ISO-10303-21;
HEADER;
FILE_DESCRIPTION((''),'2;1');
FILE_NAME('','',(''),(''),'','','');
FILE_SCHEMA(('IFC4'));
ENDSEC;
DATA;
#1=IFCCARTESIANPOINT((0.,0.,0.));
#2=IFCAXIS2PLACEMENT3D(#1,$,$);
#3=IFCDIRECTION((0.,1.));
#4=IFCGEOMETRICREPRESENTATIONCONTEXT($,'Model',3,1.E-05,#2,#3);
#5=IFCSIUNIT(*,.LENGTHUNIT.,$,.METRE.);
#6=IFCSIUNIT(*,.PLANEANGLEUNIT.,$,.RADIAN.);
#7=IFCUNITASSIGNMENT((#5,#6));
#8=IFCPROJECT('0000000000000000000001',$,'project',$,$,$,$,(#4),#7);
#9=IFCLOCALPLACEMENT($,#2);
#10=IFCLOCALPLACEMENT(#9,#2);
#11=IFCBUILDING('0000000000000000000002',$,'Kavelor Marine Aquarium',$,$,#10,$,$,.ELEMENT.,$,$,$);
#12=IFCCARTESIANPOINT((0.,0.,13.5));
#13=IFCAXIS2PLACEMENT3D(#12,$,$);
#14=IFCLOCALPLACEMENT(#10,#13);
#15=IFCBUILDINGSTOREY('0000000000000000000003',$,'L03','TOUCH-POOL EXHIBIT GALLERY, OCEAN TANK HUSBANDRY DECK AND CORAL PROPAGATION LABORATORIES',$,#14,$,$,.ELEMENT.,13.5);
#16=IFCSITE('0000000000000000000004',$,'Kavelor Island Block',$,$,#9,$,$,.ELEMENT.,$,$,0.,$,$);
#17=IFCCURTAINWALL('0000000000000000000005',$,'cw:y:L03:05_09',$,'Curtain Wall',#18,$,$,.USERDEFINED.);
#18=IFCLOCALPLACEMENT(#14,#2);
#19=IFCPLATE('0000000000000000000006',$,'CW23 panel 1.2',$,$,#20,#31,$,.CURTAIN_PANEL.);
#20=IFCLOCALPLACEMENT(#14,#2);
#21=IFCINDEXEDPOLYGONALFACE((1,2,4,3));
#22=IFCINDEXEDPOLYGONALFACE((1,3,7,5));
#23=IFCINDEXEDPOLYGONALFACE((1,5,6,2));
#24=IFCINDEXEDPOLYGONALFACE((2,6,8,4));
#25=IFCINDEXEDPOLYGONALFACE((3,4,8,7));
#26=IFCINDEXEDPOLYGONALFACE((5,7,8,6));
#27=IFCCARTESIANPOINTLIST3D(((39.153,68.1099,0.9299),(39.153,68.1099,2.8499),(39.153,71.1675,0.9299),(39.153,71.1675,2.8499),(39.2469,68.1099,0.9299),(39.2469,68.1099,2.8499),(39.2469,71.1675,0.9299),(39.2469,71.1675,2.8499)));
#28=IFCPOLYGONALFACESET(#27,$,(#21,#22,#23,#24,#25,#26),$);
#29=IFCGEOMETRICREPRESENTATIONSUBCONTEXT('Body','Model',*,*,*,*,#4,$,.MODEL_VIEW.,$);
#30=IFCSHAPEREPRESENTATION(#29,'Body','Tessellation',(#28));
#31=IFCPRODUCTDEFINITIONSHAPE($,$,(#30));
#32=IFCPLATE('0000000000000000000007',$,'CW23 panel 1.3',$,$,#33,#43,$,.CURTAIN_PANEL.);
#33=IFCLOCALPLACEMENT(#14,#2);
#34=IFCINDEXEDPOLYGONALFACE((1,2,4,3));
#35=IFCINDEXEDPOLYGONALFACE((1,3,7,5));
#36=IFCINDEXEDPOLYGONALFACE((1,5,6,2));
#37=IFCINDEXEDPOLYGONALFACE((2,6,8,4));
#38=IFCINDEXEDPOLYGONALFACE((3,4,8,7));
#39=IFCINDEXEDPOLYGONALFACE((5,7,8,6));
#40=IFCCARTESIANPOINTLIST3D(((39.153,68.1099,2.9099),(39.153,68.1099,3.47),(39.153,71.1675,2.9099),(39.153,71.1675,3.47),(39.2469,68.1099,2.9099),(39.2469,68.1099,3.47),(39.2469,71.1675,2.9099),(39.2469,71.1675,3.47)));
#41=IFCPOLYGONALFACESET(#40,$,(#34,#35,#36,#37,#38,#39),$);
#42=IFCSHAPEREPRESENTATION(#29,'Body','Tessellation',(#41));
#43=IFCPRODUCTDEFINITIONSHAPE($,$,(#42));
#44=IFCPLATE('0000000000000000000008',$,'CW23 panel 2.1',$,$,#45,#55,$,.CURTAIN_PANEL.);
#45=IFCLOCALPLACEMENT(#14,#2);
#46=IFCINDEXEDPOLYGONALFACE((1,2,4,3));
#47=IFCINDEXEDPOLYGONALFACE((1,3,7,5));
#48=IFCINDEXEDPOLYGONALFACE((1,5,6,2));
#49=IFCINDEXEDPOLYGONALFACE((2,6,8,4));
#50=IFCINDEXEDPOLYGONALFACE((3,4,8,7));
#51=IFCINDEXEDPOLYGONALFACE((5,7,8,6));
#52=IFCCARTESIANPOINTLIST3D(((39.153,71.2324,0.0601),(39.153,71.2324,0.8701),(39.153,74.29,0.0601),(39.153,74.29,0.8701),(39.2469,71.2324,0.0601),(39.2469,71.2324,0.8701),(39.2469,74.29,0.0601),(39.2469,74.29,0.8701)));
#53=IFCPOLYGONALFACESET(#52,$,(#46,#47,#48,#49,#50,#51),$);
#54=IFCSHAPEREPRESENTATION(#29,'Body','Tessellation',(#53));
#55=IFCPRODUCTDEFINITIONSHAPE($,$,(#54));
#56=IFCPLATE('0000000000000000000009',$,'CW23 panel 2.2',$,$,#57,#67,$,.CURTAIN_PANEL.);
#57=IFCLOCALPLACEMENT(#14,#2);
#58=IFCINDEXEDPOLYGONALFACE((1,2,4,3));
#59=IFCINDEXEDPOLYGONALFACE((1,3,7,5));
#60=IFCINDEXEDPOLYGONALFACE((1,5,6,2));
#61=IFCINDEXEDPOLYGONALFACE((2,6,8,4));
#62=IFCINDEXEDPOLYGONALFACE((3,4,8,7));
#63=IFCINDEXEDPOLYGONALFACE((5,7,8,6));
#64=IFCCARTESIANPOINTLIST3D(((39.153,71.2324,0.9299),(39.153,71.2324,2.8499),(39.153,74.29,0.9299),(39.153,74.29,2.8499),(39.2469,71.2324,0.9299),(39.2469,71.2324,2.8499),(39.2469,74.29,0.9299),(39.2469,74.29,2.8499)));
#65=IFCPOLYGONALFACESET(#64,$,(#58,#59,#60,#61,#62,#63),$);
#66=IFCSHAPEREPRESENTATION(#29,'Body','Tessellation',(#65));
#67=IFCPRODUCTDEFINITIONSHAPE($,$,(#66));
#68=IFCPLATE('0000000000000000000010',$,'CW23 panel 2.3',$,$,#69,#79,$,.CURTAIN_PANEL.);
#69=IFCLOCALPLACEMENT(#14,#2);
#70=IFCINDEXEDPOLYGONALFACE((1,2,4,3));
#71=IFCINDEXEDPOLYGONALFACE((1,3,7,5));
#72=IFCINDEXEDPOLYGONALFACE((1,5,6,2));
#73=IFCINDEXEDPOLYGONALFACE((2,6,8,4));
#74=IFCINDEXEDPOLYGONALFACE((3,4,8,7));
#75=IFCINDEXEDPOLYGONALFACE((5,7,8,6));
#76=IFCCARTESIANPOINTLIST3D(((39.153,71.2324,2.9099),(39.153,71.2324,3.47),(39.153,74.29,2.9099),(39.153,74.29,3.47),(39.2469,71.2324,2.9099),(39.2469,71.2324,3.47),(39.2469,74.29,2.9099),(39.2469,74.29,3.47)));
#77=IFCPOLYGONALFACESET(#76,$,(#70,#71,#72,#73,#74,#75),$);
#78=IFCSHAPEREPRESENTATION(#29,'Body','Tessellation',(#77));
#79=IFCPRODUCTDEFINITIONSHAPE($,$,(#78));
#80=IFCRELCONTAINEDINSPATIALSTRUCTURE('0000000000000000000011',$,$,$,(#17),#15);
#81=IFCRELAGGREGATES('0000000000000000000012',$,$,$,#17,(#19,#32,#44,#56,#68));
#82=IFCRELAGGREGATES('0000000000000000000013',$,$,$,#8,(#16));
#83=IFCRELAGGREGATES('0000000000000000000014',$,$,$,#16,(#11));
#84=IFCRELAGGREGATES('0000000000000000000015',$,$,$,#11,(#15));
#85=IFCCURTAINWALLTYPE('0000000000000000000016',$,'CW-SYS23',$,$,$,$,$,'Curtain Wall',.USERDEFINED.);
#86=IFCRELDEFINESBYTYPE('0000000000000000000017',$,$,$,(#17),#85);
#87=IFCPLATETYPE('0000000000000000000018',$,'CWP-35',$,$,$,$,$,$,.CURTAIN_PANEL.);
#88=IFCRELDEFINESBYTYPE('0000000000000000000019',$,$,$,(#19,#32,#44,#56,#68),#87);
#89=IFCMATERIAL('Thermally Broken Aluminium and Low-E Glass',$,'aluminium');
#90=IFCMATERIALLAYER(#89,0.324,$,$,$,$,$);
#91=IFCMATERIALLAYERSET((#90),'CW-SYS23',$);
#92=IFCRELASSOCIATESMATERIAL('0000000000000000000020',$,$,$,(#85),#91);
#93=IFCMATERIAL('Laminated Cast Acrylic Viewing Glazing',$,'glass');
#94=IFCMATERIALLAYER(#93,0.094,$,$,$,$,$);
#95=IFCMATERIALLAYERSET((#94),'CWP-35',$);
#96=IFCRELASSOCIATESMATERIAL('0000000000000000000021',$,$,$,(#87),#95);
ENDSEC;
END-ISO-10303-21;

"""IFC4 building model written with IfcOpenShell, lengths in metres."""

from ifc_helpers import new_model, si_unit, direction, frame, origin, origin_2d, place, context, subcontext, project, spatial, rectangle, extrude, material, layer, layer_set, type_object, element, aggregate, save


model = new_model("IFC4")

# Units and contexts
model_context = context("Model", 3, precision=1e-05, world=origin(), true_north=direction((0.0, 1.0)))
body_context = subcontext(model_context, "Body", "Model", "MODEL_VIEW")
ifc_project = project(units=[si_unit("LENGTHUNIT", "METRE"), si_unit("PLANEANGLEUNIT", "RADIAN")], contexts=[model_context])

# Site, building, storey
site_placement = place(None, origin())
site = spatial("IfcSite", under=ifc_project, at=site_placement, Name="Kavelor Island Block", CompositionType="ELEMENT", RefElevation=0.0)
building_placement = place(site_placement, origin())
building = spatial("IfcBuilding", under=site, at=building_placement, Name="Kavelor Marine Aquarium", CompositionType="ELEMENT")
storey_placement = place(building_placement, frame((0.0, 0.0, 13.5)))
storey = spatial("IfcBuildingStorey", under=building, at=storey_placement, Name="L03", Description="TOUCH-POOL EXHIBIT GALLERY, OCEAN TANK HUSBANDRY DECK AND CORAL PROPAGATION LABORATORIES", CompositionType="ELEMENT", Elevation=13.5)

# Curtain wall, plates
ifc_material_1 = material(Name="Thermally Broken Aluminium and Low-E Glass", Category="aluminium")
ifc_layer_1 = layer(ifc_material_1, 0.324)
ifc_layer_set_1 = layer_set([ifc_layer_1], Name="CW-SYS23")
curtain_wall_type = type_object("IfcCurtainWallType", Name="CW-SYS23", ElementType="Curtain Wall", PredefinedType="USERDEFINED", material=ifc_layer_set_1)
curtain_wall_placement = place(storey_placement, origin())
curtain_wall = element("IfcCurtainWall", 1, at=curtain_wall_placement, inside=storey, type_object=curtain_wall_type, Name="cw:y:L03:05_09", ObjectType="Curtain Wall", PredefinedType="USERDEFINED")
ifc_material_2 = material(Name="Laminated Cast Acrylic Viewing Glazing", Category="glass")
ifc_layer_2 = layer(ifc_material_2, 0.094)
ifc_layer_set_2 = layer_set([ifc_layer_2], Name="CWP-35")
plate_type = type_object("IfcPlateType", Name="CWP-35", PredefinedType="CURTAIN_PANEL", material=ifc_layer_set_2)
plate_1_placement = place(storey_placement, frame((39.2, 69.6387, 0.9299), z_axis=(0.0, 0.0, 1.0), x_axis=(0.0, 1.0, 0.0)))
plate_1 = element("IfcPlate", 2, at=plate_1_placement, type_object=plate_type, Name="CW23 panel 1.2", PredefinedType="CURTAIN_PANEL", context=body_context, shape_type="SweptSolid", body=[
    extrude(rectangle(XDim=3.0576, YDim=0.094, at=origin_2d()), origin(), (0.0, 0.0, 1.0), 1.9199),
])
plate_2_placement = place(storey_placement, frame((39.2, 69.6387, 2.9099), z_axis=(0.0, 0.0, 1.0), x_axis=(0.0, 1.0, 0.0)))
plate_2 = element("IfcPlate", 3, at=plate_2_placement, type_object=plate_type, Name="CW23 panel 1.3", PredefinedType="CURTAIN_PANEL", context=body_context, shape_type="SweptSolid", body=[
    extrude(rectangle(XDim=3.0576, YDim=0.094, at=origin_2d()), origin(), (0.0, 0.0, 1.0), 0.5601),
])
plate_3_placement = place(storey_placement, frame((39.2, 72.7612, 0.0601), z_axis=(0.0, 0.0, 1.0), x_axis=(0.0, 1.0, 0.0)))
plate_3 = element("IfcPlate", 4, at=plate_3_placement, type_object=plate_type, Name="CW23 panel 2.1", PredefinedType="CURTAIN_PANEL", context=body_context, shape_type="SweptSolid", body=[
    extrude(rectangle(XDim=3.0576, YDim=0.094, at=origin_2d()), origin(), (0.0, 0.0, 1.0), 0.8101),
])
plate_4_placement = place(storey_placement, frame((39.2, 72.7612, 0.9299), z_axis=(0.0, 0.0, 1.0), x_axis=(0.0, 1.0, 0.0)))
plate_4 = element("IfcPlate", 5, at=plate_4_placement, type_object=plate_type, Name="CW23 panel 2.2", PredefinedType="CURTAIN_PANEL", context=body_context, shape_type="SweptSolid", body=[
    extrude(rectangle(XDim=3.0576, YDim=0.094, at=origin_2d()), origin(), (0.0, 0.0, 1.0), 1.9199),
])
plate_5_placement = place(storey_placement, frame((39.2, 72.7612, 2.9099), z_axis=(0.0, 0.0, 1.0), x_axis=(0.0, 1.0, 0.0)))
plate_5 = element("IfcPlate", 6, at=plate_5_placement, type_object=plate_type, Name="CW23 panel 2.3", PredefinedType="CURTAIN_PANEL", context=body_context, shape_type="SweptSolid", body=[
    extrude(rectangle(XDim=3.0576, YDim=0.094, at=origin_2d()), origin(), (0.0, 0.0, 1.0), 0.5601),
])
aggregate(curtain_wall, [plate_1, plate_2, plate_3, plate_4, plate_5])

save(model, "model.ifc")
